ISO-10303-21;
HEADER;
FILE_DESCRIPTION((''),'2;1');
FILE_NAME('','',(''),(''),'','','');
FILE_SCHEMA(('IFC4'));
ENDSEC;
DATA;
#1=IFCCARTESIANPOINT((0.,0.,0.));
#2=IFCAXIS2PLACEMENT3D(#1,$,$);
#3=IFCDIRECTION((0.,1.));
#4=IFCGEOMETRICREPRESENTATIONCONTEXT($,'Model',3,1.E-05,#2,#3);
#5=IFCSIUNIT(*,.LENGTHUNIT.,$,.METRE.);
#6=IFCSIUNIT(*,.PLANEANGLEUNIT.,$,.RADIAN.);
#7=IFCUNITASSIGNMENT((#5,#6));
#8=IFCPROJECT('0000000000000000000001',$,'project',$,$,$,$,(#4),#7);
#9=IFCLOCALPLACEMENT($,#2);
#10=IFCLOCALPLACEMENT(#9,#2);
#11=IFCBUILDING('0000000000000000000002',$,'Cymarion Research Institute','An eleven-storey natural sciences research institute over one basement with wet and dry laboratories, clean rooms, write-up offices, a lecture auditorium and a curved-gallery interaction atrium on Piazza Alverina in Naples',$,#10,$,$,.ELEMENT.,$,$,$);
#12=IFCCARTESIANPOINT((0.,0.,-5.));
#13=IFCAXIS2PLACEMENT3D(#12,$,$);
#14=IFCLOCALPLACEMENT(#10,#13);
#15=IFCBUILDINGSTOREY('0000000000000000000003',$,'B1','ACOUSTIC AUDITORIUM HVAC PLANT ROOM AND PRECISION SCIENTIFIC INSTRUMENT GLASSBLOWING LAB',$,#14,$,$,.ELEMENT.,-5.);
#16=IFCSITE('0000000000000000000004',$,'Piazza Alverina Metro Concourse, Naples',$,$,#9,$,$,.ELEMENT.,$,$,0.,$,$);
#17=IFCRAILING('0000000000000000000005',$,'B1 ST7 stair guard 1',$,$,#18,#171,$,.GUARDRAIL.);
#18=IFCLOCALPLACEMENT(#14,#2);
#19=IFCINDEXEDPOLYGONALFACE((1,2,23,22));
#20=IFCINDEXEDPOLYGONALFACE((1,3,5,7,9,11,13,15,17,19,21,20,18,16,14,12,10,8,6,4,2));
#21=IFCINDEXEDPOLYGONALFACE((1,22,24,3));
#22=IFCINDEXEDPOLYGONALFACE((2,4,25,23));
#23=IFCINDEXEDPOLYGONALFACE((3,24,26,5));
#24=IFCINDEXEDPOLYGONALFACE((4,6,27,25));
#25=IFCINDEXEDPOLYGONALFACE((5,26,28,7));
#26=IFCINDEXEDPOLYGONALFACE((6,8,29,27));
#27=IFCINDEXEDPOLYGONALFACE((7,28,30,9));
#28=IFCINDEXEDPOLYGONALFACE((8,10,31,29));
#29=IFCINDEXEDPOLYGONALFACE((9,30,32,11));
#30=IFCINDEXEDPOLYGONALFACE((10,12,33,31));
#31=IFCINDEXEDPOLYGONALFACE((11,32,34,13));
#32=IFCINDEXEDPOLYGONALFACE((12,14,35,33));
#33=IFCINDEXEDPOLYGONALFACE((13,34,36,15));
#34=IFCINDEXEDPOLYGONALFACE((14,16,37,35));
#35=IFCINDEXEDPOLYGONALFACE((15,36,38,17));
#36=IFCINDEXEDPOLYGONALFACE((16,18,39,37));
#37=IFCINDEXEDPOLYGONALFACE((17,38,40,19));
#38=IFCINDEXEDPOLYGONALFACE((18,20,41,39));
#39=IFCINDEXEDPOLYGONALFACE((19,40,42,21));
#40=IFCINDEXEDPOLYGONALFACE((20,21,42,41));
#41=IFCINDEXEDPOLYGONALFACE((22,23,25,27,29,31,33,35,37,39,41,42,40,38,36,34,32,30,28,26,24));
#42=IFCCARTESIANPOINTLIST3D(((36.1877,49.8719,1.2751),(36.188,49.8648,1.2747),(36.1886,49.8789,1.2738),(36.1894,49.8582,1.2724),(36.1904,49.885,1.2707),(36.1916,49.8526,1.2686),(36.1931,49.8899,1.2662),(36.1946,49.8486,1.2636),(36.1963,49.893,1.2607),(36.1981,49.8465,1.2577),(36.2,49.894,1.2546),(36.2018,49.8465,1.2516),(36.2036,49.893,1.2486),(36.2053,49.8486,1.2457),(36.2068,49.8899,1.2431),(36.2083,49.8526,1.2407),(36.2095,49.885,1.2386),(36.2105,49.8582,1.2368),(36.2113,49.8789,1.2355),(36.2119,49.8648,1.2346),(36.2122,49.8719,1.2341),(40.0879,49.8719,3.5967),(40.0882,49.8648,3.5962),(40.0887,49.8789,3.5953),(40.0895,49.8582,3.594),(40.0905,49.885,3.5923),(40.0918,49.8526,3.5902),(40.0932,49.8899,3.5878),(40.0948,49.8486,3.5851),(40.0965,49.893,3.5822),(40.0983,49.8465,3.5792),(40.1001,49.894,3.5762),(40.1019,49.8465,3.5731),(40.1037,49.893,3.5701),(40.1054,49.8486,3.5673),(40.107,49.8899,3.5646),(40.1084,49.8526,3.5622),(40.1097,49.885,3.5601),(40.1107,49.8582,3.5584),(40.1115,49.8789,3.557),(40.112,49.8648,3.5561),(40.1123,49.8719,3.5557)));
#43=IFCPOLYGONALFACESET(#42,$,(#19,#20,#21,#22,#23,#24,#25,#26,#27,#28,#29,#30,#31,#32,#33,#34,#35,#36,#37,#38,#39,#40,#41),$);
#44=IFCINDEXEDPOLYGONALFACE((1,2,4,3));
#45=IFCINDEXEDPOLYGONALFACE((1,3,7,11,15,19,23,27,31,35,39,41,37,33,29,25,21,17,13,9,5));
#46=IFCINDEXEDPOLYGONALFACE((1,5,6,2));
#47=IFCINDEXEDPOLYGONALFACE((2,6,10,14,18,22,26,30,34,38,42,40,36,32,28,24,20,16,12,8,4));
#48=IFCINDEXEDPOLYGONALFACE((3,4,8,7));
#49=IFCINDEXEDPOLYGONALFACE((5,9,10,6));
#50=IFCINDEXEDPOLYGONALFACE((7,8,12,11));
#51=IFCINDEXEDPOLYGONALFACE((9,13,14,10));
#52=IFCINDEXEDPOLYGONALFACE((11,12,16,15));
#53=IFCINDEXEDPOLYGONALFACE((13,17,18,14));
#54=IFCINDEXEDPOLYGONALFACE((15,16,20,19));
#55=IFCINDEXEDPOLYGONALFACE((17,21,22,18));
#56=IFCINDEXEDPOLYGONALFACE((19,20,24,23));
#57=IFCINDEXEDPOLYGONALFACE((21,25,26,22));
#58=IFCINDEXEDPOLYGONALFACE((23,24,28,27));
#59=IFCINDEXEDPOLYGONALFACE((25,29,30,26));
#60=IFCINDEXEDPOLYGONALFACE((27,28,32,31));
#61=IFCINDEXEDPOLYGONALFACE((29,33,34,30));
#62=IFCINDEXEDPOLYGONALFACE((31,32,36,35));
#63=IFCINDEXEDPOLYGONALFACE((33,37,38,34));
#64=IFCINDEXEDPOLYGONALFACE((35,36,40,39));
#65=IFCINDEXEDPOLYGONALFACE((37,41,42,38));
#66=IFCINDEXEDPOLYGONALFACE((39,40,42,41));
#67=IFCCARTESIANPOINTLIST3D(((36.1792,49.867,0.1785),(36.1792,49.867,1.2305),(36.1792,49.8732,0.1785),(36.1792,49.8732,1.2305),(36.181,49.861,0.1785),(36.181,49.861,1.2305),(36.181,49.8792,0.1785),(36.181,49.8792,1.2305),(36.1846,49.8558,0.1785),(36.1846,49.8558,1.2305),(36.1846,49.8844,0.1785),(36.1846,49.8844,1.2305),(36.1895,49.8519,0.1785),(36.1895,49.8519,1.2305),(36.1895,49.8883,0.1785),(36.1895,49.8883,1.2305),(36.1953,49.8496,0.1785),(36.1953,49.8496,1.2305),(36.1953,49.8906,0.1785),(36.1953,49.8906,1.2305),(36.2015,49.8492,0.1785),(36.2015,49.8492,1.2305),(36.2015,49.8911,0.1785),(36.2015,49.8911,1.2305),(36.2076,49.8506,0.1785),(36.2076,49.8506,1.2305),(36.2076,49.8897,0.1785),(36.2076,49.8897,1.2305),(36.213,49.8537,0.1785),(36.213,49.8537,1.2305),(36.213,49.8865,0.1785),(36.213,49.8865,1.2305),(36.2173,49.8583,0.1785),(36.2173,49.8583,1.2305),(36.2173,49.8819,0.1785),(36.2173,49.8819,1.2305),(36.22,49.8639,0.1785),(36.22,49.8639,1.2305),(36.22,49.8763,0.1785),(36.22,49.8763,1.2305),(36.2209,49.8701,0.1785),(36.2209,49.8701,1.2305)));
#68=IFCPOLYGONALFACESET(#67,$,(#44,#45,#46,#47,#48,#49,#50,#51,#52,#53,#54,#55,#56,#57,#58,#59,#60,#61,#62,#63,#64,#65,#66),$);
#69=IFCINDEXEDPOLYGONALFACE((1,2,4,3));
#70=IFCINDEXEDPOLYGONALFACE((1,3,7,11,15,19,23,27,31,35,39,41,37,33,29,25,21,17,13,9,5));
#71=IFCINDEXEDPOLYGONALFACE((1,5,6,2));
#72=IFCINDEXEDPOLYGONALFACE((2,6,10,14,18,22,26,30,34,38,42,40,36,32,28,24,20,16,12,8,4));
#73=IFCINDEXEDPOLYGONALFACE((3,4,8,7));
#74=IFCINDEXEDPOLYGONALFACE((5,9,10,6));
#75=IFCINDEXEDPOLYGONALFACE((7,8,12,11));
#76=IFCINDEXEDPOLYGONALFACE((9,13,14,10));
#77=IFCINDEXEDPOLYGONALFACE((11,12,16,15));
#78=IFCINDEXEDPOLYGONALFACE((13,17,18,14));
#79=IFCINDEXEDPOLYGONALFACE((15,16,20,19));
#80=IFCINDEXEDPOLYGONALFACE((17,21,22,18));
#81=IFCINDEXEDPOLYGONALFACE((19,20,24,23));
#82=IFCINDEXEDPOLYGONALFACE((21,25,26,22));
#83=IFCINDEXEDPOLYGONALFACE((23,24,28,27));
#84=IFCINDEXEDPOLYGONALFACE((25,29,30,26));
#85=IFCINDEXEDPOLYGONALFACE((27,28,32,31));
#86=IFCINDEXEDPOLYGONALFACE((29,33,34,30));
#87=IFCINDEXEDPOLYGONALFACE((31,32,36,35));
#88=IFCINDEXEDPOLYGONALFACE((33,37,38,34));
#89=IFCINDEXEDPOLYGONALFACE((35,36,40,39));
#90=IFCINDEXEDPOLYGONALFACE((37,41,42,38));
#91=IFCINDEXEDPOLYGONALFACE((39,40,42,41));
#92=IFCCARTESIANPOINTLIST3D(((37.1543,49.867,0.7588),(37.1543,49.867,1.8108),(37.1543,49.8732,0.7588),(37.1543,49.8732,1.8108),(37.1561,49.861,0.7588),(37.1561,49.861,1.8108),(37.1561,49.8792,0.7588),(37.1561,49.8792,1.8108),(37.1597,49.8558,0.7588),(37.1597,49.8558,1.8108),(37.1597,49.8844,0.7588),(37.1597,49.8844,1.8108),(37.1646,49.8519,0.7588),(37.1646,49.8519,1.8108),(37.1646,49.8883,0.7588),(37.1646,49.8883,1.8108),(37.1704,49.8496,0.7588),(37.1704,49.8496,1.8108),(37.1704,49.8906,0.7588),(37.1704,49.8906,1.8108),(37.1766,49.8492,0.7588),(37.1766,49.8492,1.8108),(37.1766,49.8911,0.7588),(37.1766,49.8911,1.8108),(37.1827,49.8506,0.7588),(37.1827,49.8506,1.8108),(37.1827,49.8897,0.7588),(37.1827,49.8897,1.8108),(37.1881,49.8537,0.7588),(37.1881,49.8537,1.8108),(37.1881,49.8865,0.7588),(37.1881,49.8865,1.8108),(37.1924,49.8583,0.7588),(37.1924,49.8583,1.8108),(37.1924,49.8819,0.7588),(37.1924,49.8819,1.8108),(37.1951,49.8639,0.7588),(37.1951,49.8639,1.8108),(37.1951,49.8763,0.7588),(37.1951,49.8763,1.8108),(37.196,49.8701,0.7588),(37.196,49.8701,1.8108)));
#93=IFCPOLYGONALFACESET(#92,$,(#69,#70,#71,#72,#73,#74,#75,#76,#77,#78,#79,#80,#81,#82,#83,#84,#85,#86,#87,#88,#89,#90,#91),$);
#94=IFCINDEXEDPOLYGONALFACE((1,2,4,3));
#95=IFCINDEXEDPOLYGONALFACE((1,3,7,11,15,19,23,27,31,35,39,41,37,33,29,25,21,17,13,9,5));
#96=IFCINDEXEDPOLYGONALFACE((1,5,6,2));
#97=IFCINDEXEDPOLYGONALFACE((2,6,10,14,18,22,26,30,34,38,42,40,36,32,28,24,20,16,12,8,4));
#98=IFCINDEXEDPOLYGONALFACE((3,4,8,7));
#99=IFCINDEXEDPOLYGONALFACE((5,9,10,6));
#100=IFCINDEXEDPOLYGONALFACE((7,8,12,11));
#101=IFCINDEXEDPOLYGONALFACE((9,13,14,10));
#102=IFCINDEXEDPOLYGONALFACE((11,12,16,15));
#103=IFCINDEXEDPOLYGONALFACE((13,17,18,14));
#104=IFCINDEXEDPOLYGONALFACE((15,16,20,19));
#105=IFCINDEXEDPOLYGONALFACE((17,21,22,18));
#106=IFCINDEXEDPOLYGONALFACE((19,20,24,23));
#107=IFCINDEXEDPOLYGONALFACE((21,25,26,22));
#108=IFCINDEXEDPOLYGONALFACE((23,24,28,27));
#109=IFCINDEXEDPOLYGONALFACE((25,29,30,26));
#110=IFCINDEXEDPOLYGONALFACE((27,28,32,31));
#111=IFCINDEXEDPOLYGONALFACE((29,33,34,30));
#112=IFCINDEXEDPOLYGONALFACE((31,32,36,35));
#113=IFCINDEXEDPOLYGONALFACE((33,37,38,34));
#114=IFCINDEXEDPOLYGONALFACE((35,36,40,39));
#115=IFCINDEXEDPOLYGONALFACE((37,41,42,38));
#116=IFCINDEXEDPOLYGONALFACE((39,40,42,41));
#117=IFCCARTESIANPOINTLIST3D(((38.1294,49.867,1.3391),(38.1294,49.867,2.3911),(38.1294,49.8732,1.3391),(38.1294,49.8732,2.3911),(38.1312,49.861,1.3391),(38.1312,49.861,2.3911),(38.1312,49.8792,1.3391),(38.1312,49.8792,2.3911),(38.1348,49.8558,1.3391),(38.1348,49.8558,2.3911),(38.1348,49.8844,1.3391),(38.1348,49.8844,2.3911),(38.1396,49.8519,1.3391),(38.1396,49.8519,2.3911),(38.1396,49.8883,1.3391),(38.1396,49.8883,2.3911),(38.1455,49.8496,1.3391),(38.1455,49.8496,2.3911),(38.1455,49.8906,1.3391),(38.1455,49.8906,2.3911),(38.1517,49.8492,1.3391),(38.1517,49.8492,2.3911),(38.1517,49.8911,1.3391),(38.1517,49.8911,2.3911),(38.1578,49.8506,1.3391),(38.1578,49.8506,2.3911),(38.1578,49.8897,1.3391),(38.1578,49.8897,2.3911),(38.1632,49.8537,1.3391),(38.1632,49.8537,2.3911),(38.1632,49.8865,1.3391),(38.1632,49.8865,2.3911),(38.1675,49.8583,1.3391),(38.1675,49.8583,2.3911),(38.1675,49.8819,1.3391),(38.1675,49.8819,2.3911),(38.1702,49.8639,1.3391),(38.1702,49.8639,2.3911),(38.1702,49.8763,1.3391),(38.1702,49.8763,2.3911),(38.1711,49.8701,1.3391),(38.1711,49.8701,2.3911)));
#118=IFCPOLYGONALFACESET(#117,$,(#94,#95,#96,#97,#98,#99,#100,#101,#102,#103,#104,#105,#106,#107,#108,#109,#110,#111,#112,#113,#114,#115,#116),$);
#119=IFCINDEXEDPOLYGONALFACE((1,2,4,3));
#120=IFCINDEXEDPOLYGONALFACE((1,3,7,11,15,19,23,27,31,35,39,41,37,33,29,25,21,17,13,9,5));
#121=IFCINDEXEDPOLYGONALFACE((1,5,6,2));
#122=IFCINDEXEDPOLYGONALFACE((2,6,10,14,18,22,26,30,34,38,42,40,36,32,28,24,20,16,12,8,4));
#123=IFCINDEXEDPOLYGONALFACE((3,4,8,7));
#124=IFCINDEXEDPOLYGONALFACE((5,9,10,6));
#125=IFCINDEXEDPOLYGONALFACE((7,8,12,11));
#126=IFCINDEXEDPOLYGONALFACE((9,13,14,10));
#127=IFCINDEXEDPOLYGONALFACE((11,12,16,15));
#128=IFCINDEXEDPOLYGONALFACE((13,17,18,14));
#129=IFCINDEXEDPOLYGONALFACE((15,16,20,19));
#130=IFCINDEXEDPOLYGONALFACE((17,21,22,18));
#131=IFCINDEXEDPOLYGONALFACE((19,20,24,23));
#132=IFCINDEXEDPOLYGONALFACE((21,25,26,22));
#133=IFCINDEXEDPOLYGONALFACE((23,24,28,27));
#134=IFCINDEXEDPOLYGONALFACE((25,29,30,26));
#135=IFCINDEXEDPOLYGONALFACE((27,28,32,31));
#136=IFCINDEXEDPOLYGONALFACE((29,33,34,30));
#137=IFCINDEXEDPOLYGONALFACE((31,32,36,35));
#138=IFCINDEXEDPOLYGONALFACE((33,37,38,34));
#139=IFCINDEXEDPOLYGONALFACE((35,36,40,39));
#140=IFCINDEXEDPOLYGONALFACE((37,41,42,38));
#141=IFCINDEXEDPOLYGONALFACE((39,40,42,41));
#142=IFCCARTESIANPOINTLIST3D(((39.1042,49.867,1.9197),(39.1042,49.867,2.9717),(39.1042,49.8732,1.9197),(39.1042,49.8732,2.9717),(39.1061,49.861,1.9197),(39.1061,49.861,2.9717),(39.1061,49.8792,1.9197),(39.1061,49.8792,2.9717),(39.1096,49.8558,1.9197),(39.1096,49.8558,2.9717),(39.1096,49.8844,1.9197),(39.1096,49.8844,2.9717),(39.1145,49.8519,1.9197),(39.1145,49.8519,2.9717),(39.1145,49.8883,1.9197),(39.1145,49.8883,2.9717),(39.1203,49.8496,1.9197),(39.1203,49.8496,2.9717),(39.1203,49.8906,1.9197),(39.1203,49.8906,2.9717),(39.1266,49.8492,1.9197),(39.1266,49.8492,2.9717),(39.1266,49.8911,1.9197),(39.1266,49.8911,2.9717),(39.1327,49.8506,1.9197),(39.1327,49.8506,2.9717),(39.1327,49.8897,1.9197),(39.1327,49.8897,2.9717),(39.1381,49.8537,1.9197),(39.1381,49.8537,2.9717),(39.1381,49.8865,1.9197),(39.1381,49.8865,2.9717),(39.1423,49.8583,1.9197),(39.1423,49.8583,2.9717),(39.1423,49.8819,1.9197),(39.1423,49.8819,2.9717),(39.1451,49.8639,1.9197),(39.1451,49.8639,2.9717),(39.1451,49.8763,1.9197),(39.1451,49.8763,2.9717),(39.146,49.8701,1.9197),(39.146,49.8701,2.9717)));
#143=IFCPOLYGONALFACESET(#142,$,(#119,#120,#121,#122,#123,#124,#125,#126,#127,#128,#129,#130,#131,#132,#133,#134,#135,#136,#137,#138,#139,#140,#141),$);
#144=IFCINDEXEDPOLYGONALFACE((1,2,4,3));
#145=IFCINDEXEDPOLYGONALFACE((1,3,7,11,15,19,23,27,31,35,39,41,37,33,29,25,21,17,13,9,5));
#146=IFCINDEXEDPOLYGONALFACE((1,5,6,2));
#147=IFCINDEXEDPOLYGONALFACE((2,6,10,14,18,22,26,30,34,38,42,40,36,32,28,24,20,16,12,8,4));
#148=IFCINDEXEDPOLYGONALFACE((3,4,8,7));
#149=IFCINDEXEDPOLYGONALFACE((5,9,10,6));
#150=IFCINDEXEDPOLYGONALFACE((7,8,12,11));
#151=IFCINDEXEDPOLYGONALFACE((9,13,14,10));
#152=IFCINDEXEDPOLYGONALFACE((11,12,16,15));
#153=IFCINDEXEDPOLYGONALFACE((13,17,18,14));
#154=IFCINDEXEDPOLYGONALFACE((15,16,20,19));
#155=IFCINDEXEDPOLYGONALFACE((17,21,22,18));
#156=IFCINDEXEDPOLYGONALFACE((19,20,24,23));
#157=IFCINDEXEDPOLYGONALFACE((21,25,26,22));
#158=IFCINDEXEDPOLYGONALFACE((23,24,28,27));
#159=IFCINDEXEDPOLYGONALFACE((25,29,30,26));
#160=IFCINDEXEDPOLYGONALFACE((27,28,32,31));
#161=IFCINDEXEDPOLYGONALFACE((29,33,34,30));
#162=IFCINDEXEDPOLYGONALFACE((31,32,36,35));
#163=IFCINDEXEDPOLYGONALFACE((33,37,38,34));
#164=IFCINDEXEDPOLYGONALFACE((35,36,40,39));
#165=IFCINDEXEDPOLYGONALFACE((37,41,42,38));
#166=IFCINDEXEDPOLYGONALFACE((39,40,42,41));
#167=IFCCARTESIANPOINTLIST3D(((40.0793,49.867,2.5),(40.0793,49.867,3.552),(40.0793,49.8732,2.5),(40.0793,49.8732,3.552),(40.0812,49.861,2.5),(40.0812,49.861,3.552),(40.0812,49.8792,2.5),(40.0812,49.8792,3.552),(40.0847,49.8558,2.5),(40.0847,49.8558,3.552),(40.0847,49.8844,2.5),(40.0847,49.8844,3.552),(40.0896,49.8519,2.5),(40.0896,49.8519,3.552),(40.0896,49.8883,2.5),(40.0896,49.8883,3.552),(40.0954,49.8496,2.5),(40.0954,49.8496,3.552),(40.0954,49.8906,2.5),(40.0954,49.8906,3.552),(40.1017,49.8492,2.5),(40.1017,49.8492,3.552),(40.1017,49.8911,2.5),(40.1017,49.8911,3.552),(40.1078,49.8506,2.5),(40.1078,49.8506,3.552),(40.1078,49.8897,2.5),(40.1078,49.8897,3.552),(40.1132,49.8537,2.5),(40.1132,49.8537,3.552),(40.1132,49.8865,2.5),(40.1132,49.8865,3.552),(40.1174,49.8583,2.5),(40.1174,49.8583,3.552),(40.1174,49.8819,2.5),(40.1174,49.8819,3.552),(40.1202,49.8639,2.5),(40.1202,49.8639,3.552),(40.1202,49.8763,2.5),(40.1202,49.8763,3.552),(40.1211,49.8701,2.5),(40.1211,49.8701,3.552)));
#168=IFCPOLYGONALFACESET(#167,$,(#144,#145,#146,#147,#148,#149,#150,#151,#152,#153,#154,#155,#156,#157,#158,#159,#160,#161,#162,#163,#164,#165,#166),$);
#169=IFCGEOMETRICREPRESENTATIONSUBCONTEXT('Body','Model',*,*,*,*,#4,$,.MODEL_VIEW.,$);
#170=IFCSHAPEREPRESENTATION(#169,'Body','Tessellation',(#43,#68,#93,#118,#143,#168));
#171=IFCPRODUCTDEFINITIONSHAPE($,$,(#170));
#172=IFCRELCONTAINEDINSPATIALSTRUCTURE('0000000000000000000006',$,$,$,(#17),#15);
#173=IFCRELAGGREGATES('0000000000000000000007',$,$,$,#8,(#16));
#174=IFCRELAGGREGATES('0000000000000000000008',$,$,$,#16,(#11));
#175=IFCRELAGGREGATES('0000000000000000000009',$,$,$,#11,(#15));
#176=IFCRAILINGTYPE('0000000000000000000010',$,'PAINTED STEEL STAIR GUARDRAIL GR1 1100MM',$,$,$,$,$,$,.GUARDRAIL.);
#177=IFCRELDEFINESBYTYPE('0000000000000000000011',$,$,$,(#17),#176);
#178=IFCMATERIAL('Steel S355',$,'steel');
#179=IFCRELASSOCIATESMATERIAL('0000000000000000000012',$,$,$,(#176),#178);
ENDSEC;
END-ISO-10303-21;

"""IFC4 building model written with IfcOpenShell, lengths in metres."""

from ifc_helpers import new_model, si_unit, direction, frame, origin, origin_2d, place, context, subcontext, project, spatial, circle, extrude, material, type_object, element, save


model = new_model("IFC4")

# Units and contexts
model_context = context("Model", 3, precision=1e-05, world=origin(), true_north=direction((0.0, 1.0)))
body_context = subcontext(model_context, "Body", "Model", "MODEL_VIEW")
ifc_project = project(units=[si_unit("LENGTHUNIT", "METRE"), si_unit("PLANEANGLEUNIT", "RADIAN")], contexts=[model_context])

# Site, building, storey
site_placement = place(None, origin())
site = spatial("IfcSite", under=ifc_project, at=site_placement, Name="Piazza Alverina Metro Concourse, Naples", CompositionType="ELEMENT", RefElevation=0.0)
building_placement = place(site_placement, origin())
building = spatial("IfcBuilding", under=site, at=building_placement, Name="Cymarion Research Institute", Description="An eleven-storey natural sciences research institute over one basement with wet and dry laboratories, clean rooms, write-up offices, a lecture auditorium and a curved-gallery interaction atrium on Piazza Alverina in Naples", CompositionType="ELEMENT")
storey_placement = place(building_placement, frame((0.0, 0.0, -5.0)))
storey = spatial("IfcBuildingStorey", under=building, at=storey_placement, Name="B1", Description="ACOUSTIC AUDITORIUM HVAC PLANT ROOM AND PRECISION SCIENTIFIC INSTRUMENT GLASSBLOWING LAB", CompositionType="ELEMENT", Elevation=-5.0)

# Railing
ifc_material_1 = material(Name="Steel S355", Category="steel")
railing_type_1 = type_object("IfcRailingType", Name="PAINTED STEEL STAIR GUARDRAIL GR1 1100MM", PredefinedType="GUARDRAIL", material=ifc_material_1)
railing_1_placement = place(storey_placement, frame((36.2, 49.8701, 0.1785)))
element("IfcRailing", 1, at=railing_1_placement, inside=storey, type_object=railing_type_1, Name="B1 ST7 stair guard 1", PredefinedType="GUARDRAIL", context=body_context, shape_type="SweptSolid", body=[
    extrude(circle(Radius=0.0239, at=origin_2d()), frame((0.0, 0.0, 1.0762), z_axis=(0.859291, 0.0, 0.511487), x_axis=(0.0, 1.0, 0.0)), (0.0, 0.0, 1.0), 4.5388),
    extrude(circle(Radius=0.021, at=origin_2d()), origin(), (0.0, 0.0, 1.0), 1.052),
    extrude(circle(Radius=0.021, at=origin_2d()), frame((0.9751, 0.0, 0.5803)), (0.0, 0.0, 1.0), 1.052),
    extrude(circle(Radius=0.021, at=origin_2d()), frame((1.9502, 0.0, 1.1606)), (0.0, 0.0, 1.0), 1.052),
    extrude(circle(Radius=0.021, at=origin_2d()), frame((2.925, 0.0, 1.7412)), (0.0, 0.0, 1.0), 1.052),
    extrude(circle(Radius=0.021, at=origin_2d()), frame((3.9001, 0.0, 2.3215)), (0.0, 0.0, 1.0), 1.052),
])

save(model, "model.ifc")
